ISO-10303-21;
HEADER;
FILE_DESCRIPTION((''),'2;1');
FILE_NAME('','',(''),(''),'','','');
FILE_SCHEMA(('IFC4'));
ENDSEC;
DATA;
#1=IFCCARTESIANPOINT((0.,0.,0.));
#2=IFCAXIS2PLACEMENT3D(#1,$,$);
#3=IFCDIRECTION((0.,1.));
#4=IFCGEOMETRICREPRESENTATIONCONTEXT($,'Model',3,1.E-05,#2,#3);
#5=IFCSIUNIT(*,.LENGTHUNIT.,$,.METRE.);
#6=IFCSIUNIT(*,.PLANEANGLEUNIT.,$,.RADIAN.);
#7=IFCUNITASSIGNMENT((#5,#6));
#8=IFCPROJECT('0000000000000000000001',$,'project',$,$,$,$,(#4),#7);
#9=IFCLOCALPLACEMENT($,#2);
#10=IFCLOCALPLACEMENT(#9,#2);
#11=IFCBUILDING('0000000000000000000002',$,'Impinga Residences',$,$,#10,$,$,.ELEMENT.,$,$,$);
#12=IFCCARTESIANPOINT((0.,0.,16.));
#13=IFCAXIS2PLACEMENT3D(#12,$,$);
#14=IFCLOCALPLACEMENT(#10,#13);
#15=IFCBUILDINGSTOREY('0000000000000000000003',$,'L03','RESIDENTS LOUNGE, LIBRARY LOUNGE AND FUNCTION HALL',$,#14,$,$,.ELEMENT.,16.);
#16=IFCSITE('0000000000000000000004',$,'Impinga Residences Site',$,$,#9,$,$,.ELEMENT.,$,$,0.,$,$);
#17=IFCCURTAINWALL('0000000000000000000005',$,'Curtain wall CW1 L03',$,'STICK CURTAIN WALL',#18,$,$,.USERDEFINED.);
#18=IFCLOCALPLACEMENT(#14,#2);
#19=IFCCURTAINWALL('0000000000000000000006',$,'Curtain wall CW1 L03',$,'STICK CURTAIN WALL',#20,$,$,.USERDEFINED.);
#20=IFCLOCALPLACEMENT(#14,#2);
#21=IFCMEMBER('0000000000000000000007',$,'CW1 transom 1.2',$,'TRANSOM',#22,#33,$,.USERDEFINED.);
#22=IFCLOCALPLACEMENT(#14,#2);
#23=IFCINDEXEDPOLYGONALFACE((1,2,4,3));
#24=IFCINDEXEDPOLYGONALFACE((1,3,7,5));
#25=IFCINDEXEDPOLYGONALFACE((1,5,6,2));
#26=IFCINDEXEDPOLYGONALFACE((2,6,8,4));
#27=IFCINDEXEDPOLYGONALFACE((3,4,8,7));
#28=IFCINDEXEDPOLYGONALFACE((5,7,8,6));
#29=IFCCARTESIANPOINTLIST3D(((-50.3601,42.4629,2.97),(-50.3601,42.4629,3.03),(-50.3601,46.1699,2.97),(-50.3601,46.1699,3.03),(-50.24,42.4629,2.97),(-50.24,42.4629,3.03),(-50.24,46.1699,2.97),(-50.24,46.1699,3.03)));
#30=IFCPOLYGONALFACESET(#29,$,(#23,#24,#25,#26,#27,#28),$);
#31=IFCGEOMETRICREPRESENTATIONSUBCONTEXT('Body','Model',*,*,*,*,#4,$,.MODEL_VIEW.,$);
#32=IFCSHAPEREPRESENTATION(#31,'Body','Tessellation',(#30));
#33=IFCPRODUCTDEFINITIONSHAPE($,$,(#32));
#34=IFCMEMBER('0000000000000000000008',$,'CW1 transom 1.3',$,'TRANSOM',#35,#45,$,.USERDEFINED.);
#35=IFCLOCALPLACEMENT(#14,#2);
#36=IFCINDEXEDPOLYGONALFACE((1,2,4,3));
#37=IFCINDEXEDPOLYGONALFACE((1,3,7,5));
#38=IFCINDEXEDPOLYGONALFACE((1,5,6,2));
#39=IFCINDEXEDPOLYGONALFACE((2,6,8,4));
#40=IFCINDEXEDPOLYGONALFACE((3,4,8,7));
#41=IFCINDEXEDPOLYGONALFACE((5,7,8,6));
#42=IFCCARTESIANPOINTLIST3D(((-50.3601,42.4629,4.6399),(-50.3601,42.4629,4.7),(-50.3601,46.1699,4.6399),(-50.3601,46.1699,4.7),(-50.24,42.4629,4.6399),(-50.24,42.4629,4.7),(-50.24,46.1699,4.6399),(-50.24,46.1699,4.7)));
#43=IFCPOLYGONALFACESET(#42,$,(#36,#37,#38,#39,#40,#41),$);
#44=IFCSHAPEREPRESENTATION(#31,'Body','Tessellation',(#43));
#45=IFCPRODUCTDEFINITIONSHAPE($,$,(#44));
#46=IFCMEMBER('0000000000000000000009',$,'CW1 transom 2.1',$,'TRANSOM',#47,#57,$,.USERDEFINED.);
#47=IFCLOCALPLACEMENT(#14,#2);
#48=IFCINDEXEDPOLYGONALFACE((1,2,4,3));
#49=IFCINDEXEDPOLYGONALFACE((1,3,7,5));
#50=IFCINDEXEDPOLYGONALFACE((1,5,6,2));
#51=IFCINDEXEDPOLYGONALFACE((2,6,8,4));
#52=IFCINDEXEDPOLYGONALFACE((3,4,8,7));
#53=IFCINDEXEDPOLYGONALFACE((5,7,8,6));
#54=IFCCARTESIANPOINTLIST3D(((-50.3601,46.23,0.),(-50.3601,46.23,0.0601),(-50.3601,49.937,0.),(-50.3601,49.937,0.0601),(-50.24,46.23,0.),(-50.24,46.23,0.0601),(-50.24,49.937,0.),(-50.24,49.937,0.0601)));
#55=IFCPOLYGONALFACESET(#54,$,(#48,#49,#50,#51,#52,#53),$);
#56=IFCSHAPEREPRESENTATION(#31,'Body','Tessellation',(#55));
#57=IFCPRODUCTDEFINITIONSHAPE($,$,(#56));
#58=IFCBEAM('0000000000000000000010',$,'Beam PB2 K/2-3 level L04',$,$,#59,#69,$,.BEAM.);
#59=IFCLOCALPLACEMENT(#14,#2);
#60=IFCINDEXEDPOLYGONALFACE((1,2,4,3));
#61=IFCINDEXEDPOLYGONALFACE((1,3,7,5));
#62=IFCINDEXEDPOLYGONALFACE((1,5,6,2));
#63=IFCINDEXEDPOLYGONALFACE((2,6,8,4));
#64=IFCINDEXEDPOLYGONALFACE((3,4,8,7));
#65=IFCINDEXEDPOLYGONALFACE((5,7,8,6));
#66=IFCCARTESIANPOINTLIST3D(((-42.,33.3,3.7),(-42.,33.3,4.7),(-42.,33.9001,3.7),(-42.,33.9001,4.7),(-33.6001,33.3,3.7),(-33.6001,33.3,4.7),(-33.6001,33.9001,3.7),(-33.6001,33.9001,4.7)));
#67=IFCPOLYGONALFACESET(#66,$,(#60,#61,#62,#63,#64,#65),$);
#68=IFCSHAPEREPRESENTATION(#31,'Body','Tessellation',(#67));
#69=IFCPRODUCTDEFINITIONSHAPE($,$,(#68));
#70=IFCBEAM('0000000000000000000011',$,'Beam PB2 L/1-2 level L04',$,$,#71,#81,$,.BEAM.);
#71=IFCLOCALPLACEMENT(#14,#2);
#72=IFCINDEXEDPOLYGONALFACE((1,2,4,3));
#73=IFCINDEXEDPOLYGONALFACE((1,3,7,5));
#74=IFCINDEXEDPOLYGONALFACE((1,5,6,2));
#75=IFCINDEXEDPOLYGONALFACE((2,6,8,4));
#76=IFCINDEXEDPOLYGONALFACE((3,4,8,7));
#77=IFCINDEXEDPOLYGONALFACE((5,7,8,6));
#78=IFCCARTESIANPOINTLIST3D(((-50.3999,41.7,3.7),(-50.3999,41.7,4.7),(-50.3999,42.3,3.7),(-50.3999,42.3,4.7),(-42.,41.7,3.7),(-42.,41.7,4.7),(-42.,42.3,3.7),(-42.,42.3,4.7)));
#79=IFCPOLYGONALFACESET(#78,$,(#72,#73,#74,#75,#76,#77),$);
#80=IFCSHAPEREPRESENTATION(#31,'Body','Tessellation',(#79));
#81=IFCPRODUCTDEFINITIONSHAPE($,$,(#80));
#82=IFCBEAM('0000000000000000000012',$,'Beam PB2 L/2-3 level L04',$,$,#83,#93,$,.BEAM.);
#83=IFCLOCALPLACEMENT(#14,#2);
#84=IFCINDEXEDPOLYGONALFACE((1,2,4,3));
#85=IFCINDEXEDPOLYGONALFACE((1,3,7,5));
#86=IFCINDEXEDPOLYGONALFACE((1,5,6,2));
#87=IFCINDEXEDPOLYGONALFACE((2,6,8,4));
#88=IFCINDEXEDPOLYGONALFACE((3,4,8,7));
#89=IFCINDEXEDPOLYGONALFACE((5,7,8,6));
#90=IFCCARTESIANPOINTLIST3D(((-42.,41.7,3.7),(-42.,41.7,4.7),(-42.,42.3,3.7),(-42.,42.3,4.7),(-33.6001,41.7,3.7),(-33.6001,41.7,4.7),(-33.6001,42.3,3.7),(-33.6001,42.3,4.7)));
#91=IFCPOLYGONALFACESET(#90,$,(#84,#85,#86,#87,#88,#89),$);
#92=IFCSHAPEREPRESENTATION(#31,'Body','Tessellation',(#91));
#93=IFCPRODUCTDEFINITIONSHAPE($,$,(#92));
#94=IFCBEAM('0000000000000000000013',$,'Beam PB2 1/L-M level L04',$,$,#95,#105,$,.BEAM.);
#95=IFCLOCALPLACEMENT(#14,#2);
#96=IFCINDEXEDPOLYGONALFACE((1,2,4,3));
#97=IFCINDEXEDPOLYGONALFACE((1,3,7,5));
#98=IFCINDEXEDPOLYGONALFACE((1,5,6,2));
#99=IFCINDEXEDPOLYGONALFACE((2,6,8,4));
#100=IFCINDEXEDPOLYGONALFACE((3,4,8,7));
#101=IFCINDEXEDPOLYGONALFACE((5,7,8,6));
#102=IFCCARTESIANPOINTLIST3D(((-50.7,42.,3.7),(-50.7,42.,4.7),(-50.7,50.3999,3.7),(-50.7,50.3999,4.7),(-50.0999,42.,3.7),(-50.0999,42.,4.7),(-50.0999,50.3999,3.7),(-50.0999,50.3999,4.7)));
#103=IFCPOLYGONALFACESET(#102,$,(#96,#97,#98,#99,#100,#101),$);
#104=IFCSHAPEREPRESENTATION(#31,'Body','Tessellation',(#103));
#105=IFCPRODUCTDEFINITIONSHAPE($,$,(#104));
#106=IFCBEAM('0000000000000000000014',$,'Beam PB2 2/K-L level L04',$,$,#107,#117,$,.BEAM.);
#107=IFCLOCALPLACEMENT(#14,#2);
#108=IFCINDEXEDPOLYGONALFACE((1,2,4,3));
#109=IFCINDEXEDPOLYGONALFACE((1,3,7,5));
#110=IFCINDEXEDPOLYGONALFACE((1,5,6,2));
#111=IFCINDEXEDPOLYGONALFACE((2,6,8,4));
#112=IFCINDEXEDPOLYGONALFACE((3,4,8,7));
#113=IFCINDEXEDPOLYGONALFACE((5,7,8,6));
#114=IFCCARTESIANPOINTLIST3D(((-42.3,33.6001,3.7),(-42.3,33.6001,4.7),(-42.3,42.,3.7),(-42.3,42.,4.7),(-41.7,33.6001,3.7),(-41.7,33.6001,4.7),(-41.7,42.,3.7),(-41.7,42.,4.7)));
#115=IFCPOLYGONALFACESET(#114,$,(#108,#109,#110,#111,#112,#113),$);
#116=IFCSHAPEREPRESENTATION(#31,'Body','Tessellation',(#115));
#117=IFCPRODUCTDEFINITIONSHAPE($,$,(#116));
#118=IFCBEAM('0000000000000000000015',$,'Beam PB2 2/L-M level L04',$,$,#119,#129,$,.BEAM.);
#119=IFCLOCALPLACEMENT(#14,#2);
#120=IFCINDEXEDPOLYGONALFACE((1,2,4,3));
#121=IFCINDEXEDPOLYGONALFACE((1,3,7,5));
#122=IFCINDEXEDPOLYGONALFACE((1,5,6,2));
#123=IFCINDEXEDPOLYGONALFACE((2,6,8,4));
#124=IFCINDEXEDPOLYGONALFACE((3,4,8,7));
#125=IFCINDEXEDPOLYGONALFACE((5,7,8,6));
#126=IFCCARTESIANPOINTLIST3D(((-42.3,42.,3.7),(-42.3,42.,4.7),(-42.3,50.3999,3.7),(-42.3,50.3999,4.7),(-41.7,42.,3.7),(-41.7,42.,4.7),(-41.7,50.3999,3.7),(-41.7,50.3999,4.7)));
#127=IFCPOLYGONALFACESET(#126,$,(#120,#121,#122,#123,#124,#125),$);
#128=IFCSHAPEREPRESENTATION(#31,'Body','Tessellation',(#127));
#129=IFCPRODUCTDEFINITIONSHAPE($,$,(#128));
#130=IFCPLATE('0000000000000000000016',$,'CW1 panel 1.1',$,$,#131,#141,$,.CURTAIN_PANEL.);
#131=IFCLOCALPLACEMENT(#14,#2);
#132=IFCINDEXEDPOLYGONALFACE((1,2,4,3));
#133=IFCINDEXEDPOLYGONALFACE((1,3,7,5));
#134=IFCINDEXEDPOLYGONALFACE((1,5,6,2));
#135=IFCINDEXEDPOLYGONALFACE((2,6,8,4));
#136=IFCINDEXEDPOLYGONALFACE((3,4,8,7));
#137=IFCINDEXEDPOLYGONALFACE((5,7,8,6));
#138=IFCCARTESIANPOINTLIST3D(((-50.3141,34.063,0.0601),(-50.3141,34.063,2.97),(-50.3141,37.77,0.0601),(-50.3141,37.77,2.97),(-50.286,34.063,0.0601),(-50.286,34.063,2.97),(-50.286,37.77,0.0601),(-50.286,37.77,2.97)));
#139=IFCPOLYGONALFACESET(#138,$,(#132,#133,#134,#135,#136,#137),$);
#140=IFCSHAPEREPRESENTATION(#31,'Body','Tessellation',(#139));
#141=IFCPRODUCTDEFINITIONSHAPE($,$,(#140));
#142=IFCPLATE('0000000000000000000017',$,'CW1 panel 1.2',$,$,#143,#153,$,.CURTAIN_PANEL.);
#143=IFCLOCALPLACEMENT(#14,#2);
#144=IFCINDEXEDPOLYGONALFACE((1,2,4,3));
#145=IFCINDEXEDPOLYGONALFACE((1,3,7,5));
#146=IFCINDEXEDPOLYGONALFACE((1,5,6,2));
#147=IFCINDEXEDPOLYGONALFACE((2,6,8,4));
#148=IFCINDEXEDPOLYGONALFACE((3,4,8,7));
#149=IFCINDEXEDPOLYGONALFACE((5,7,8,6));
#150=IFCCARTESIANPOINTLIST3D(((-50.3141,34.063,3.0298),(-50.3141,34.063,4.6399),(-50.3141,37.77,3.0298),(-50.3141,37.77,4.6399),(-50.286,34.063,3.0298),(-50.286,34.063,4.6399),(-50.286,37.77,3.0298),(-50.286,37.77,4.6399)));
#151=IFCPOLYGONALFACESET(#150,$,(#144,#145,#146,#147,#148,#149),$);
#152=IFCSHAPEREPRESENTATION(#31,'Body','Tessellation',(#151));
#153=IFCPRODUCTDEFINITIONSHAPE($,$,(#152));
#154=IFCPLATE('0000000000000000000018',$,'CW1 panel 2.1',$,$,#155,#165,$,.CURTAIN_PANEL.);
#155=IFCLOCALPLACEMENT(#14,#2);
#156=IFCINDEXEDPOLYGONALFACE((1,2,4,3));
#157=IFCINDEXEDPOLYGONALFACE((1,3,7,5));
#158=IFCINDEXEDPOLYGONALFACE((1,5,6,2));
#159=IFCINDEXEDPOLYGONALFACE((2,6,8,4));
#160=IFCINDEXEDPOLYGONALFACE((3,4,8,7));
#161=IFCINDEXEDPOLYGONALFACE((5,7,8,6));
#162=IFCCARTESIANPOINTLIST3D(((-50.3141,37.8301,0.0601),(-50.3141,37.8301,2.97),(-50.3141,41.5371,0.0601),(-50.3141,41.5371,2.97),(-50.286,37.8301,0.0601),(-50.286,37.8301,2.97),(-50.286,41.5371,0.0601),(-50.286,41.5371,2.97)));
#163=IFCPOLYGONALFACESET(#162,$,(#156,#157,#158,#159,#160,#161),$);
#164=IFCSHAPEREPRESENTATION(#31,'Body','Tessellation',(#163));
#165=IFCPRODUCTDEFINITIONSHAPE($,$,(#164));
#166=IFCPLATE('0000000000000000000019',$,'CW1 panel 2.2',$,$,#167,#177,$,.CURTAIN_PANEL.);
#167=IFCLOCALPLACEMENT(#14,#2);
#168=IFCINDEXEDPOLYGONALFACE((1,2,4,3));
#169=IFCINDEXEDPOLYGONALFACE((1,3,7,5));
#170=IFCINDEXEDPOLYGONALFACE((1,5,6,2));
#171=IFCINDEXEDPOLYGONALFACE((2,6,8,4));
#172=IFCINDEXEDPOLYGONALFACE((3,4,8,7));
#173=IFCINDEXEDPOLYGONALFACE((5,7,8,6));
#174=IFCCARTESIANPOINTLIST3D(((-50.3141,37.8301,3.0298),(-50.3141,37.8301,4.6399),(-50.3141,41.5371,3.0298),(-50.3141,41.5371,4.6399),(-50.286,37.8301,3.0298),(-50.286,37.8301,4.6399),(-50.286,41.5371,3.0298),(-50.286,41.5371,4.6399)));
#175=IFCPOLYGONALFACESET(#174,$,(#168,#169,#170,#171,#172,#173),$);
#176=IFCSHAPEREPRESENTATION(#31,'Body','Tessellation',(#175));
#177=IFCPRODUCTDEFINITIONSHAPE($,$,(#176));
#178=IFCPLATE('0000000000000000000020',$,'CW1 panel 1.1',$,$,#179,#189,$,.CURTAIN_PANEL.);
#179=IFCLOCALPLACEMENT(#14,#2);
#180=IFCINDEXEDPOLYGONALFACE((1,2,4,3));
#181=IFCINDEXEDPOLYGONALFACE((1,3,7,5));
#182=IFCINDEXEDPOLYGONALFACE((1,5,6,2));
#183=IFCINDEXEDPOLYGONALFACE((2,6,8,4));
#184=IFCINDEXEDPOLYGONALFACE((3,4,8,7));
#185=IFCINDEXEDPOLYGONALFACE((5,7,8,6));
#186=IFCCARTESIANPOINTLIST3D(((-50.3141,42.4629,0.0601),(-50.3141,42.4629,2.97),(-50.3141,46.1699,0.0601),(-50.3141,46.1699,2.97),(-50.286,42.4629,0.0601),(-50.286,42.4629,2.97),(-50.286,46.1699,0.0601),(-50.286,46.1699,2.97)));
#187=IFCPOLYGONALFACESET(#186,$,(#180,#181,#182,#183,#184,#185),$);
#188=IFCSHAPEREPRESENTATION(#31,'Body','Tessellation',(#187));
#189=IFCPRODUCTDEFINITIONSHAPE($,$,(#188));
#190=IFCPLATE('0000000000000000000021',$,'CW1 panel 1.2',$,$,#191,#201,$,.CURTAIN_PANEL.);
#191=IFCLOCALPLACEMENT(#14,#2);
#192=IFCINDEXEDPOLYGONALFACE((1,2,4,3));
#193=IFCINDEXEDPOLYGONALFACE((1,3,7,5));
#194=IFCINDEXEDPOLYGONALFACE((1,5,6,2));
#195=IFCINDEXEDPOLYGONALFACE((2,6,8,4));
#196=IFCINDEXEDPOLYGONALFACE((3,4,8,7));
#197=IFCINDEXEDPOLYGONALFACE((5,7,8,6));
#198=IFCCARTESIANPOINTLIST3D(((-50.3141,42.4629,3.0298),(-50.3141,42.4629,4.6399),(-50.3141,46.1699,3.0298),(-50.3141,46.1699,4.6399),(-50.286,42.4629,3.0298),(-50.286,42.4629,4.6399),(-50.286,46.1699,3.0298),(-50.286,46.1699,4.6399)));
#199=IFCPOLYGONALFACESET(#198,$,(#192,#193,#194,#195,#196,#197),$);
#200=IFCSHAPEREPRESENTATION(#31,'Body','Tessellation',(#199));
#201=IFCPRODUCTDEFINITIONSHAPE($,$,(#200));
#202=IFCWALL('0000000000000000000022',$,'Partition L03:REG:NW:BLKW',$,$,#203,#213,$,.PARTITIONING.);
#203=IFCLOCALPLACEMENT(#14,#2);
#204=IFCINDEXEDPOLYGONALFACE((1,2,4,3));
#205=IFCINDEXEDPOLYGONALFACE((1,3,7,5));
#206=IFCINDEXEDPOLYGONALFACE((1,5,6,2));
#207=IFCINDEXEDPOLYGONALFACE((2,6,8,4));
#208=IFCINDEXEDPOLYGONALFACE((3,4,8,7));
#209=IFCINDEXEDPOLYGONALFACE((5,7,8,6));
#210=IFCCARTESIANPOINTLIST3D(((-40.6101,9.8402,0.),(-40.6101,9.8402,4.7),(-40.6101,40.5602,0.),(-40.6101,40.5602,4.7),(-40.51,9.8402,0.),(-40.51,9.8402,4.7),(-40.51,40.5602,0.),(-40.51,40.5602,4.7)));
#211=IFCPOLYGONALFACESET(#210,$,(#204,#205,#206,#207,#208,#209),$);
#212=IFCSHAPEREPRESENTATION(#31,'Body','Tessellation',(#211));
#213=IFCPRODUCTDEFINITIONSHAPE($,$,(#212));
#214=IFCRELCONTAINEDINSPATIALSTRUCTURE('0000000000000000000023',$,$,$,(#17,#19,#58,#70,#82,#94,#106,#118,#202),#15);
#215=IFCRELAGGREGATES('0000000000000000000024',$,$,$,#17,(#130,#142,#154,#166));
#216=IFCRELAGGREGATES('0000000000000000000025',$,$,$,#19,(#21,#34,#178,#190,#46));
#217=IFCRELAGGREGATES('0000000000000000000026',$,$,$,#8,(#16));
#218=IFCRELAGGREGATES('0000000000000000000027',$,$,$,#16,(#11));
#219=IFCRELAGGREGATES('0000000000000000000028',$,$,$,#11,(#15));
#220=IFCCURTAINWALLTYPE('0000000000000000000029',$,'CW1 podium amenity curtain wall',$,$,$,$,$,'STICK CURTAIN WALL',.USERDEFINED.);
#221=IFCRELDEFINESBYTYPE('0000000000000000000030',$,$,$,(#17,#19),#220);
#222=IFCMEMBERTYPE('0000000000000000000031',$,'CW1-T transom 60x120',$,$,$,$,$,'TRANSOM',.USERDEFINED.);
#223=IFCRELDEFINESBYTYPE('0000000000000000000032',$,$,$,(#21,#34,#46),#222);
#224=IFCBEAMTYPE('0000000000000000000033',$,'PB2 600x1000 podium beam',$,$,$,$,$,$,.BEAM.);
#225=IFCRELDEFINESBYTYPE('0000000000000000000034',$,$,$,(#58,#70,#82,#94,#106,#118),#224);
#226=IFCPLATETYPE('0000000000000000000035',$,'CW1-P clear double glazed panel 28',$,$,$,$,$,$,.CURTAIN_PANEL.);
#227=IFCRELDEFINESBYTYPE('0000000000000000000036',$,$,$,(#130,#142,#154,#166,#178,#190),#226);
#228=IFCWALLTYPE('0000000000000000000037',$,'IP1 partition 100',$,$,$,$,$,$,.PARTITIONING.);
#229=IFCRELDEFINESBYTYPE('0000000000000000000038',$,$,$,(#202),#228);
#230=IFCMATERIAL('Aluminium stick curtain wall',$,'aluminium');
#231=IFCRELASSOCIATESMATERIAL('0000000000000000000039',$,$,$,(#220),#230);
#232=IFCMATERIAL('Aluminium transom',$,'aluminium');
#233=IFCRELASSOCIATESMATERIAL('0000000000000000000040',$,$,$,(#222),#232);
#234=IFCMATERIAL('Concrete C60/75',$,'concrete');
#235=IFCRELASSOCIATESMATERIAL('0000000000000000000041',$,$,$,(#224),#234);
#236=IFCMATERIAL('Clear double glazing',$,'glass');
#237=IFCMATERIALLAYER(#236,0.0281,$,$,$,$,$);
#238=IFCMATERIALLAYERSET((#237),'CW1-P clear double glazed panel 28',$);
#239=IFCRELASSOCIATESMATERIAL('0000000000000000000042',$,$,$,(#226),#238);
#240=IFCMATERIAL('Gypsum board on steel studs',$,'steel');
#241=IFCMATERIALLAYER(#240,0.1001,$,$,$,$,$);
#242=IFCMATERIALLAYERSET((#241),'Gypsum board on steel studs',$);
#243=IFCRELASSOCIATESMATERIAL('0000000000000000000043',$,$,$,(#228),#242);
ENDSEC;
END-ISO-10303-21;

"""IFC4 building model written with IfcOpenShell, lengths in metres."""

from ifc_helpers import new_model, si_unit, direction, frame, frame_2d, origin, origin_2d, place, context, subcontext, project, spatial, rectangle, extrude, material, layer, layer_set, material_profile, profile_set, type_object, element, aggregate, save


model = new_model("IFC4")

# Units and contexts
model_context = context("Model", 3, precision=1e-05, world=origin(), true_north=direction((0.0, 1.0)))
body_context = subcontext(model_context, "Body", "Model", "MODEL_VIEW")
ifc_project = project(units=[si_unit("LENGTHUNIT", "METRE"), si_unit("PLANEANGLEUNIT", "RADIAN")], contexts=[model_context])

# Site, building, storey
site_placement = place(None, origin())
site = spatial("IfcSite", under=ifc_project, at=site_placement, Name="Impinga Residences Site", CompositionType="ELEMENT", RefElevation=0.0)
building_placement = place(site_placement, origin())
building = spatial("IfcBuilding", under=site, at=building_placement, Name="Impinga Residences", CompositionType="ELEMENT")
storey_placement = place(building_placement, frame((0.0, 0.0, 16.0)))
storey = spatial("IfcBuildingStorey", under=building, at=storey_placement, Name="L03", Description="RESIDENTS LOUNGE, LIBRARY LOUNGE AND FUNCTION HALL", CompositionType="ELEMENT", Elevation=16.0)

# Curtain walls
ifc_material_1 = material(Name="Aluminium stick curtain wall", Category="aluminium")
curtain_wall_type = type_object("IfcCurtainWallType", Name="CW1 podium amenity curtain wall", ElementType="STICK CURTAIN WALL", PredefinedType="USERDEFINED", material=ifc_material_1)
curtain_wall_1_placement = place(storey_placement, origin())
curtain_wall_1 = element("IfcCurtainWall", 1, at=curtain_wall_1_placement, inside=storey, type_object=curtain_wall_type, Name="Curtain wall CW1 L03", ObjectType="STICK CURTAIN WALL", PredefinedType="USERDEFINED")
curtain_wall_2_placement = place(storey_placement, origin())
curtain_wall_2 = element("IfcCurtainWall", 2, at=curtain_wall_2_placement, inside=storey, type_object=curtain_wall_type, Name="Curtain wall CW1 L03", ObjectType="STICK CURTAIN WALL", PredefinedType="USERDEFINED")

# Members
ifc_material_2 = material(Name="Aluminium transom", Category="aluminium")
ifc_material_profile_1 = material_profile(ifc_material_2, rectangle(XDim=0.0601, YDim=0.1201, at=origin_2d()), Name="60x120 transom")
ifc_profile_set_1 = profile_set([ifc_material_profile_1], Name="Aluminium transom")
member_type_1 = type_object("IfcMemberType", Name="CW1-T transom 60x120", ElementType="TRANSOM", PredefinedType="USERDEFINED", material=ifc_profile_set_1)
member_1_placement = place(storey_placement, frame((-50.3, 42.4629, 3.0), z_axis=(0.0, 1.0, 0.0), x_axis=(0.0, 0.0, 1.0)))
member_1 = element("IfcMember", 3, at=member_1_placement, type_object=member_type_1, Name="CW1 transom 1.2", ObjectType="TRANSOM", PredefinedType="USERDEFINED", context=body_context, shape_type="SweptSolid", body=[
    extrude(rectangle(XDim=0.0601, YDim=0.1201, at=origin_2d()), origin(), (0.0, 0.0, 1.0), 3.707),
])
member_2_placement = place(storey_placement, frame((-50.3, 42.4629, 4.6699), z_axis=(0.0, 1.0, 0.0), x_axis=(0.0, 0.0, 1.0)))
member_2 = element("IfcMember", 4, at=member_2_placement, type_object=member_type_1, Name="CW1 transom 1.3", ObjectType="TRANSOM", PredefinedType="USERDEFINED", context=body_context, shape_type="SweptSolid", body=[
    extrude(rectangle(XDim=0.0601, YDim=0.1201, at=origin_2d()), origin(), (0.0, 0.0, 1.0), 3.707),
])
member_3_placement = place(storey_placement, frame((-50.3, 46.23, 0.03), z_axis=(0.0, 1.0, 0.0), x_axis=(0.0, 0.0, 1.0)))
member_3 = element("IfcMember", 5, at=member_3_placement, type_object=member_type_1, Name="CW1 transom 2.1", ObjectType="TRANSOM", PredefinedType="USERDEFINED", context=body_context, shape_type="SweptSolid", body=[
    extrude(rectangle(XDim=0.0601, YDim=0.1201, at=origin_2d()), origin(), (0.0, 0.0, 1.0), 3.707),
])

# Beams
ifc_material_3 = material(Name="Concrete C60/75", Category="concrete")
ifc_material_profile_2 = material_profile(ifc_material_3, rectangle(XDim=0.6001, YDim=1.0, at=origin_2d()), Name="RC 600x1000")
ifc_profile_set_2 = profile_set([ifc_material_profile_2], Name="Concrete C60/75")
beam_type = type_object("IfcBeamType", Name="PB2 600x1000 podium beam", PredefinedType="BEAM", material=ifc_profile_set_2)
for number, where, z_axis, x_axis, name in (
    (6, (-42.0, 33.6001, 4.2), (1.0, 0.0, 0.0), (0.0, 1.0, 0.0), "Beam PB2 K/2-3 level L04"),
    (7, (-50.3999, 42.0, 4.2), (1.0, 0.0, 0.0), (0.0, 1.0, 0.0), "Beam PB2 L/1-2 level L04"),
    (8, (-42.0, 42.0, 4.2), (1.0, 0.0, 0.0), (0.0, 1.0, 0.0), "Beam PB2 L/2-3 level L04"),
    (9, (-50.3999, 42.0, 4.2), (0.0, 1.0, 0.0), (-1.0, 0.0, 0.0), "Beam PB2 1/L-M level L04"),
    (10, (-42.0, 33.6001, 4.2), (0.0, 1.0, 0.0), (-1.0, 0.0, 0.0), "Beam PB2 2/K-L level L04"),
    (11, (-42.0, 42.0, 4.2), (0.0, 1.0, 0.0), (-1.0, 0.0, 0.0), "Beam PB2 2/L-M level L04"),
):
    element("IfcBeam", number, at=place(storey_placement, frame(where, z_axis=z_axis, x_axis=x_axis)), inside=storey, type_object=beam_type, Name=name, PredefinedType="BEAM", context=body_context, shape_type="SweptSolid", body=[
        extrude(rectangle(XDim=0.6001, YDim=1.0, at=origin_2d()), origin(), (0.0, 0.0, 1.0), 8.3999),
    ])

# Plates
ifc_material_4 = material(Name="Clear double glazing", Category="glass")
ifc_layer_1 = layer(ifc_material_4, 0.0281)
ifc_layer_set_1 = layer_set([ifc_layer_1], Name="CW1-P clear double glazed panel 28")
plate_type = type_object("IfcPlateType", Name="CW1-P clear double glazed panel 28", PredefinedType="CURTAIN_PANEL", material=ifc_layer_set_1)
plate_1_placement = place(storey_placement, frame((-50.3, 35.9165, 0.0601), z_axis=(0.0, 0.0, 1.0), x_axis=(0.0, 1.0, 0.0)))
plate_1 = element("IfcPlate", 12, at=plate_1_placement, type_object=plate_type, Name="CW1 panel 1.1", PredefinedType="CURTAIN_PANEL", context=body_context, shape_type="SweptSolid", body=[
    extrude(rectangle(XDim=3.707, YDim=0.0281, at=origin_2d()), origin(), (0.0, 0.0, 1.0), 2.9099),
])
plate_2_placement = place(storey_placement, frame((-50.3, 35.9165, 3.0298), z_axis=(0.0, 0.0, 1.0), x_axis=(0.0, 1.0, 0.0)))
plate_2 = element("IfcPlate", 13, at=plate_2_placement, type_object=plate_type, Name="CW1 panel 1.2", PredefinedType="CURTAIN_PANEL", context=body_context, shape_type="SweptSolid", body=[
    extrude(rectangle(XDim=3.707, YDim=0.0281, at=origin_2d()), origin(), (0.0, 0.0, 1.0), 1.6101),
])
plate_3_placement = place(storey_placement, frame((-50.3, 39.6836, 0.0601), z_axis=(0.0, 0.0, 1.0), x_axis=(0.0, 1.0, 0.0)))
plate_3 = element("IfcPlate", 14, at=plate_3_placement, type_object=plate_type, Name="CW1 panel 2.1", PredefinedType="CURTAIN_PANEL", context=body_context, shape_type="SweptSolid", body=[
    extrude(rectangle(XDim=3.707, YDim=0.0281, at=origin_2d()), origin(), (0.0, 0.0, 1.0), 2.9099),
])
plate_4_placement = place(storey_placement, frame((-50.3, 39.6836, 3.0298), z_axis=(0.0, 0.0, 1.0), x_axis=(0.0, 1.0, 0.0)))
plate_4 = element("IfcPlate", 15, at=plate_4_placement, type_object=plate_type, Name="CW1 panel 2.2", PredefinedType="CURTAIN_PANEL", context=body_context, shape_type="SweptSolid", body=[
    extrude(rectangle(XDim=3.707, YDim=0.0281, at=origin_2d()), origin(), (0.0, 0.0, 1.0), 1.6101),
])
aggregate(curtain_wall_1, [plate_1, plate_2, plate_3, plate_4])
plate_5_placement = place(storey_placement, frame((-50.3, 44.3164, 0.0601), z_axis=(0.0, 0.0, 1.0), x_axis=(0.0, 1.0, 0.0)))
plate_5 = element("IfcPlate", 16, at=plate_5_placement, type_object=plate_type, Name="CW1 panel 1.1", PredefinedType="CURTAIN_PANEL", context=body_context, shape_type="SweptSolid", body=[
    extrude(rectangle(XDim=3.707, YDim=0.0281, at=origin_2d()), origin(), (0.0, 0.0, 1.0), 2.9099),
])
plate_6_placement = place(storey_placement, frame((-50.3, 44.3164, 3.0298), z_axis=(0.0, 0.0, 1.0), x_axis=(0.0, 1.0, 0.0)))
plate_6 = element("IfcPlate", 17, at=plate_6_placement, type_object=plate_type, Name="CW1 panel 1.2", PredefinedType="CURTAIN_PANEL", context=body_context, shape_type="SweptSolid", body=[
    extrude(rectangle(XDim=3.707, YDim=0.0281, at=origin_2d()), origin(), (0.0, 0.0, 1.0), 1.6101),
])
aggregate(curtain_wall_2, [member_1, member_2, plate_5, plate_6, member_3])

# Wall
ifc_material_5 = material(Name="Gypsum board on steel studs", Category="steel")
ifc_layer_2 = layer(ifc_material_5, 0.1001)
ifc_layer_set_2 = layer_set([ifc_layer_2], Name="Gypsum board on steel studs")
wall_type = type_object("IfcWallType", Name="IP1 partition 100", PredefinedType="PARTITIONING", material=ifc_layer_set_2)
wall_placement = place(storey_placement, frame((-40.5601, 40.5601, 0.0), z_axis=(0.0, 0.0, 1.0), x_axis=(0.0, -1.0, 0.0)))
element("IfcWall", 18, at=wall_placement, inside=storey, type_object=wall_type, Name="Partition L03:REG:NW:BLKW", PredefinedType="PARTITIONING", context=body_context, shape_type="SweptSolid", body=[
    extrude(rectangle(XDim=30.72, YDim=0.1001, at=frame_2d((15.3599, 0.0))), origin(), (0.0, 0.0, 1.0), 4.7),
])

save(model, "model.ifc")
